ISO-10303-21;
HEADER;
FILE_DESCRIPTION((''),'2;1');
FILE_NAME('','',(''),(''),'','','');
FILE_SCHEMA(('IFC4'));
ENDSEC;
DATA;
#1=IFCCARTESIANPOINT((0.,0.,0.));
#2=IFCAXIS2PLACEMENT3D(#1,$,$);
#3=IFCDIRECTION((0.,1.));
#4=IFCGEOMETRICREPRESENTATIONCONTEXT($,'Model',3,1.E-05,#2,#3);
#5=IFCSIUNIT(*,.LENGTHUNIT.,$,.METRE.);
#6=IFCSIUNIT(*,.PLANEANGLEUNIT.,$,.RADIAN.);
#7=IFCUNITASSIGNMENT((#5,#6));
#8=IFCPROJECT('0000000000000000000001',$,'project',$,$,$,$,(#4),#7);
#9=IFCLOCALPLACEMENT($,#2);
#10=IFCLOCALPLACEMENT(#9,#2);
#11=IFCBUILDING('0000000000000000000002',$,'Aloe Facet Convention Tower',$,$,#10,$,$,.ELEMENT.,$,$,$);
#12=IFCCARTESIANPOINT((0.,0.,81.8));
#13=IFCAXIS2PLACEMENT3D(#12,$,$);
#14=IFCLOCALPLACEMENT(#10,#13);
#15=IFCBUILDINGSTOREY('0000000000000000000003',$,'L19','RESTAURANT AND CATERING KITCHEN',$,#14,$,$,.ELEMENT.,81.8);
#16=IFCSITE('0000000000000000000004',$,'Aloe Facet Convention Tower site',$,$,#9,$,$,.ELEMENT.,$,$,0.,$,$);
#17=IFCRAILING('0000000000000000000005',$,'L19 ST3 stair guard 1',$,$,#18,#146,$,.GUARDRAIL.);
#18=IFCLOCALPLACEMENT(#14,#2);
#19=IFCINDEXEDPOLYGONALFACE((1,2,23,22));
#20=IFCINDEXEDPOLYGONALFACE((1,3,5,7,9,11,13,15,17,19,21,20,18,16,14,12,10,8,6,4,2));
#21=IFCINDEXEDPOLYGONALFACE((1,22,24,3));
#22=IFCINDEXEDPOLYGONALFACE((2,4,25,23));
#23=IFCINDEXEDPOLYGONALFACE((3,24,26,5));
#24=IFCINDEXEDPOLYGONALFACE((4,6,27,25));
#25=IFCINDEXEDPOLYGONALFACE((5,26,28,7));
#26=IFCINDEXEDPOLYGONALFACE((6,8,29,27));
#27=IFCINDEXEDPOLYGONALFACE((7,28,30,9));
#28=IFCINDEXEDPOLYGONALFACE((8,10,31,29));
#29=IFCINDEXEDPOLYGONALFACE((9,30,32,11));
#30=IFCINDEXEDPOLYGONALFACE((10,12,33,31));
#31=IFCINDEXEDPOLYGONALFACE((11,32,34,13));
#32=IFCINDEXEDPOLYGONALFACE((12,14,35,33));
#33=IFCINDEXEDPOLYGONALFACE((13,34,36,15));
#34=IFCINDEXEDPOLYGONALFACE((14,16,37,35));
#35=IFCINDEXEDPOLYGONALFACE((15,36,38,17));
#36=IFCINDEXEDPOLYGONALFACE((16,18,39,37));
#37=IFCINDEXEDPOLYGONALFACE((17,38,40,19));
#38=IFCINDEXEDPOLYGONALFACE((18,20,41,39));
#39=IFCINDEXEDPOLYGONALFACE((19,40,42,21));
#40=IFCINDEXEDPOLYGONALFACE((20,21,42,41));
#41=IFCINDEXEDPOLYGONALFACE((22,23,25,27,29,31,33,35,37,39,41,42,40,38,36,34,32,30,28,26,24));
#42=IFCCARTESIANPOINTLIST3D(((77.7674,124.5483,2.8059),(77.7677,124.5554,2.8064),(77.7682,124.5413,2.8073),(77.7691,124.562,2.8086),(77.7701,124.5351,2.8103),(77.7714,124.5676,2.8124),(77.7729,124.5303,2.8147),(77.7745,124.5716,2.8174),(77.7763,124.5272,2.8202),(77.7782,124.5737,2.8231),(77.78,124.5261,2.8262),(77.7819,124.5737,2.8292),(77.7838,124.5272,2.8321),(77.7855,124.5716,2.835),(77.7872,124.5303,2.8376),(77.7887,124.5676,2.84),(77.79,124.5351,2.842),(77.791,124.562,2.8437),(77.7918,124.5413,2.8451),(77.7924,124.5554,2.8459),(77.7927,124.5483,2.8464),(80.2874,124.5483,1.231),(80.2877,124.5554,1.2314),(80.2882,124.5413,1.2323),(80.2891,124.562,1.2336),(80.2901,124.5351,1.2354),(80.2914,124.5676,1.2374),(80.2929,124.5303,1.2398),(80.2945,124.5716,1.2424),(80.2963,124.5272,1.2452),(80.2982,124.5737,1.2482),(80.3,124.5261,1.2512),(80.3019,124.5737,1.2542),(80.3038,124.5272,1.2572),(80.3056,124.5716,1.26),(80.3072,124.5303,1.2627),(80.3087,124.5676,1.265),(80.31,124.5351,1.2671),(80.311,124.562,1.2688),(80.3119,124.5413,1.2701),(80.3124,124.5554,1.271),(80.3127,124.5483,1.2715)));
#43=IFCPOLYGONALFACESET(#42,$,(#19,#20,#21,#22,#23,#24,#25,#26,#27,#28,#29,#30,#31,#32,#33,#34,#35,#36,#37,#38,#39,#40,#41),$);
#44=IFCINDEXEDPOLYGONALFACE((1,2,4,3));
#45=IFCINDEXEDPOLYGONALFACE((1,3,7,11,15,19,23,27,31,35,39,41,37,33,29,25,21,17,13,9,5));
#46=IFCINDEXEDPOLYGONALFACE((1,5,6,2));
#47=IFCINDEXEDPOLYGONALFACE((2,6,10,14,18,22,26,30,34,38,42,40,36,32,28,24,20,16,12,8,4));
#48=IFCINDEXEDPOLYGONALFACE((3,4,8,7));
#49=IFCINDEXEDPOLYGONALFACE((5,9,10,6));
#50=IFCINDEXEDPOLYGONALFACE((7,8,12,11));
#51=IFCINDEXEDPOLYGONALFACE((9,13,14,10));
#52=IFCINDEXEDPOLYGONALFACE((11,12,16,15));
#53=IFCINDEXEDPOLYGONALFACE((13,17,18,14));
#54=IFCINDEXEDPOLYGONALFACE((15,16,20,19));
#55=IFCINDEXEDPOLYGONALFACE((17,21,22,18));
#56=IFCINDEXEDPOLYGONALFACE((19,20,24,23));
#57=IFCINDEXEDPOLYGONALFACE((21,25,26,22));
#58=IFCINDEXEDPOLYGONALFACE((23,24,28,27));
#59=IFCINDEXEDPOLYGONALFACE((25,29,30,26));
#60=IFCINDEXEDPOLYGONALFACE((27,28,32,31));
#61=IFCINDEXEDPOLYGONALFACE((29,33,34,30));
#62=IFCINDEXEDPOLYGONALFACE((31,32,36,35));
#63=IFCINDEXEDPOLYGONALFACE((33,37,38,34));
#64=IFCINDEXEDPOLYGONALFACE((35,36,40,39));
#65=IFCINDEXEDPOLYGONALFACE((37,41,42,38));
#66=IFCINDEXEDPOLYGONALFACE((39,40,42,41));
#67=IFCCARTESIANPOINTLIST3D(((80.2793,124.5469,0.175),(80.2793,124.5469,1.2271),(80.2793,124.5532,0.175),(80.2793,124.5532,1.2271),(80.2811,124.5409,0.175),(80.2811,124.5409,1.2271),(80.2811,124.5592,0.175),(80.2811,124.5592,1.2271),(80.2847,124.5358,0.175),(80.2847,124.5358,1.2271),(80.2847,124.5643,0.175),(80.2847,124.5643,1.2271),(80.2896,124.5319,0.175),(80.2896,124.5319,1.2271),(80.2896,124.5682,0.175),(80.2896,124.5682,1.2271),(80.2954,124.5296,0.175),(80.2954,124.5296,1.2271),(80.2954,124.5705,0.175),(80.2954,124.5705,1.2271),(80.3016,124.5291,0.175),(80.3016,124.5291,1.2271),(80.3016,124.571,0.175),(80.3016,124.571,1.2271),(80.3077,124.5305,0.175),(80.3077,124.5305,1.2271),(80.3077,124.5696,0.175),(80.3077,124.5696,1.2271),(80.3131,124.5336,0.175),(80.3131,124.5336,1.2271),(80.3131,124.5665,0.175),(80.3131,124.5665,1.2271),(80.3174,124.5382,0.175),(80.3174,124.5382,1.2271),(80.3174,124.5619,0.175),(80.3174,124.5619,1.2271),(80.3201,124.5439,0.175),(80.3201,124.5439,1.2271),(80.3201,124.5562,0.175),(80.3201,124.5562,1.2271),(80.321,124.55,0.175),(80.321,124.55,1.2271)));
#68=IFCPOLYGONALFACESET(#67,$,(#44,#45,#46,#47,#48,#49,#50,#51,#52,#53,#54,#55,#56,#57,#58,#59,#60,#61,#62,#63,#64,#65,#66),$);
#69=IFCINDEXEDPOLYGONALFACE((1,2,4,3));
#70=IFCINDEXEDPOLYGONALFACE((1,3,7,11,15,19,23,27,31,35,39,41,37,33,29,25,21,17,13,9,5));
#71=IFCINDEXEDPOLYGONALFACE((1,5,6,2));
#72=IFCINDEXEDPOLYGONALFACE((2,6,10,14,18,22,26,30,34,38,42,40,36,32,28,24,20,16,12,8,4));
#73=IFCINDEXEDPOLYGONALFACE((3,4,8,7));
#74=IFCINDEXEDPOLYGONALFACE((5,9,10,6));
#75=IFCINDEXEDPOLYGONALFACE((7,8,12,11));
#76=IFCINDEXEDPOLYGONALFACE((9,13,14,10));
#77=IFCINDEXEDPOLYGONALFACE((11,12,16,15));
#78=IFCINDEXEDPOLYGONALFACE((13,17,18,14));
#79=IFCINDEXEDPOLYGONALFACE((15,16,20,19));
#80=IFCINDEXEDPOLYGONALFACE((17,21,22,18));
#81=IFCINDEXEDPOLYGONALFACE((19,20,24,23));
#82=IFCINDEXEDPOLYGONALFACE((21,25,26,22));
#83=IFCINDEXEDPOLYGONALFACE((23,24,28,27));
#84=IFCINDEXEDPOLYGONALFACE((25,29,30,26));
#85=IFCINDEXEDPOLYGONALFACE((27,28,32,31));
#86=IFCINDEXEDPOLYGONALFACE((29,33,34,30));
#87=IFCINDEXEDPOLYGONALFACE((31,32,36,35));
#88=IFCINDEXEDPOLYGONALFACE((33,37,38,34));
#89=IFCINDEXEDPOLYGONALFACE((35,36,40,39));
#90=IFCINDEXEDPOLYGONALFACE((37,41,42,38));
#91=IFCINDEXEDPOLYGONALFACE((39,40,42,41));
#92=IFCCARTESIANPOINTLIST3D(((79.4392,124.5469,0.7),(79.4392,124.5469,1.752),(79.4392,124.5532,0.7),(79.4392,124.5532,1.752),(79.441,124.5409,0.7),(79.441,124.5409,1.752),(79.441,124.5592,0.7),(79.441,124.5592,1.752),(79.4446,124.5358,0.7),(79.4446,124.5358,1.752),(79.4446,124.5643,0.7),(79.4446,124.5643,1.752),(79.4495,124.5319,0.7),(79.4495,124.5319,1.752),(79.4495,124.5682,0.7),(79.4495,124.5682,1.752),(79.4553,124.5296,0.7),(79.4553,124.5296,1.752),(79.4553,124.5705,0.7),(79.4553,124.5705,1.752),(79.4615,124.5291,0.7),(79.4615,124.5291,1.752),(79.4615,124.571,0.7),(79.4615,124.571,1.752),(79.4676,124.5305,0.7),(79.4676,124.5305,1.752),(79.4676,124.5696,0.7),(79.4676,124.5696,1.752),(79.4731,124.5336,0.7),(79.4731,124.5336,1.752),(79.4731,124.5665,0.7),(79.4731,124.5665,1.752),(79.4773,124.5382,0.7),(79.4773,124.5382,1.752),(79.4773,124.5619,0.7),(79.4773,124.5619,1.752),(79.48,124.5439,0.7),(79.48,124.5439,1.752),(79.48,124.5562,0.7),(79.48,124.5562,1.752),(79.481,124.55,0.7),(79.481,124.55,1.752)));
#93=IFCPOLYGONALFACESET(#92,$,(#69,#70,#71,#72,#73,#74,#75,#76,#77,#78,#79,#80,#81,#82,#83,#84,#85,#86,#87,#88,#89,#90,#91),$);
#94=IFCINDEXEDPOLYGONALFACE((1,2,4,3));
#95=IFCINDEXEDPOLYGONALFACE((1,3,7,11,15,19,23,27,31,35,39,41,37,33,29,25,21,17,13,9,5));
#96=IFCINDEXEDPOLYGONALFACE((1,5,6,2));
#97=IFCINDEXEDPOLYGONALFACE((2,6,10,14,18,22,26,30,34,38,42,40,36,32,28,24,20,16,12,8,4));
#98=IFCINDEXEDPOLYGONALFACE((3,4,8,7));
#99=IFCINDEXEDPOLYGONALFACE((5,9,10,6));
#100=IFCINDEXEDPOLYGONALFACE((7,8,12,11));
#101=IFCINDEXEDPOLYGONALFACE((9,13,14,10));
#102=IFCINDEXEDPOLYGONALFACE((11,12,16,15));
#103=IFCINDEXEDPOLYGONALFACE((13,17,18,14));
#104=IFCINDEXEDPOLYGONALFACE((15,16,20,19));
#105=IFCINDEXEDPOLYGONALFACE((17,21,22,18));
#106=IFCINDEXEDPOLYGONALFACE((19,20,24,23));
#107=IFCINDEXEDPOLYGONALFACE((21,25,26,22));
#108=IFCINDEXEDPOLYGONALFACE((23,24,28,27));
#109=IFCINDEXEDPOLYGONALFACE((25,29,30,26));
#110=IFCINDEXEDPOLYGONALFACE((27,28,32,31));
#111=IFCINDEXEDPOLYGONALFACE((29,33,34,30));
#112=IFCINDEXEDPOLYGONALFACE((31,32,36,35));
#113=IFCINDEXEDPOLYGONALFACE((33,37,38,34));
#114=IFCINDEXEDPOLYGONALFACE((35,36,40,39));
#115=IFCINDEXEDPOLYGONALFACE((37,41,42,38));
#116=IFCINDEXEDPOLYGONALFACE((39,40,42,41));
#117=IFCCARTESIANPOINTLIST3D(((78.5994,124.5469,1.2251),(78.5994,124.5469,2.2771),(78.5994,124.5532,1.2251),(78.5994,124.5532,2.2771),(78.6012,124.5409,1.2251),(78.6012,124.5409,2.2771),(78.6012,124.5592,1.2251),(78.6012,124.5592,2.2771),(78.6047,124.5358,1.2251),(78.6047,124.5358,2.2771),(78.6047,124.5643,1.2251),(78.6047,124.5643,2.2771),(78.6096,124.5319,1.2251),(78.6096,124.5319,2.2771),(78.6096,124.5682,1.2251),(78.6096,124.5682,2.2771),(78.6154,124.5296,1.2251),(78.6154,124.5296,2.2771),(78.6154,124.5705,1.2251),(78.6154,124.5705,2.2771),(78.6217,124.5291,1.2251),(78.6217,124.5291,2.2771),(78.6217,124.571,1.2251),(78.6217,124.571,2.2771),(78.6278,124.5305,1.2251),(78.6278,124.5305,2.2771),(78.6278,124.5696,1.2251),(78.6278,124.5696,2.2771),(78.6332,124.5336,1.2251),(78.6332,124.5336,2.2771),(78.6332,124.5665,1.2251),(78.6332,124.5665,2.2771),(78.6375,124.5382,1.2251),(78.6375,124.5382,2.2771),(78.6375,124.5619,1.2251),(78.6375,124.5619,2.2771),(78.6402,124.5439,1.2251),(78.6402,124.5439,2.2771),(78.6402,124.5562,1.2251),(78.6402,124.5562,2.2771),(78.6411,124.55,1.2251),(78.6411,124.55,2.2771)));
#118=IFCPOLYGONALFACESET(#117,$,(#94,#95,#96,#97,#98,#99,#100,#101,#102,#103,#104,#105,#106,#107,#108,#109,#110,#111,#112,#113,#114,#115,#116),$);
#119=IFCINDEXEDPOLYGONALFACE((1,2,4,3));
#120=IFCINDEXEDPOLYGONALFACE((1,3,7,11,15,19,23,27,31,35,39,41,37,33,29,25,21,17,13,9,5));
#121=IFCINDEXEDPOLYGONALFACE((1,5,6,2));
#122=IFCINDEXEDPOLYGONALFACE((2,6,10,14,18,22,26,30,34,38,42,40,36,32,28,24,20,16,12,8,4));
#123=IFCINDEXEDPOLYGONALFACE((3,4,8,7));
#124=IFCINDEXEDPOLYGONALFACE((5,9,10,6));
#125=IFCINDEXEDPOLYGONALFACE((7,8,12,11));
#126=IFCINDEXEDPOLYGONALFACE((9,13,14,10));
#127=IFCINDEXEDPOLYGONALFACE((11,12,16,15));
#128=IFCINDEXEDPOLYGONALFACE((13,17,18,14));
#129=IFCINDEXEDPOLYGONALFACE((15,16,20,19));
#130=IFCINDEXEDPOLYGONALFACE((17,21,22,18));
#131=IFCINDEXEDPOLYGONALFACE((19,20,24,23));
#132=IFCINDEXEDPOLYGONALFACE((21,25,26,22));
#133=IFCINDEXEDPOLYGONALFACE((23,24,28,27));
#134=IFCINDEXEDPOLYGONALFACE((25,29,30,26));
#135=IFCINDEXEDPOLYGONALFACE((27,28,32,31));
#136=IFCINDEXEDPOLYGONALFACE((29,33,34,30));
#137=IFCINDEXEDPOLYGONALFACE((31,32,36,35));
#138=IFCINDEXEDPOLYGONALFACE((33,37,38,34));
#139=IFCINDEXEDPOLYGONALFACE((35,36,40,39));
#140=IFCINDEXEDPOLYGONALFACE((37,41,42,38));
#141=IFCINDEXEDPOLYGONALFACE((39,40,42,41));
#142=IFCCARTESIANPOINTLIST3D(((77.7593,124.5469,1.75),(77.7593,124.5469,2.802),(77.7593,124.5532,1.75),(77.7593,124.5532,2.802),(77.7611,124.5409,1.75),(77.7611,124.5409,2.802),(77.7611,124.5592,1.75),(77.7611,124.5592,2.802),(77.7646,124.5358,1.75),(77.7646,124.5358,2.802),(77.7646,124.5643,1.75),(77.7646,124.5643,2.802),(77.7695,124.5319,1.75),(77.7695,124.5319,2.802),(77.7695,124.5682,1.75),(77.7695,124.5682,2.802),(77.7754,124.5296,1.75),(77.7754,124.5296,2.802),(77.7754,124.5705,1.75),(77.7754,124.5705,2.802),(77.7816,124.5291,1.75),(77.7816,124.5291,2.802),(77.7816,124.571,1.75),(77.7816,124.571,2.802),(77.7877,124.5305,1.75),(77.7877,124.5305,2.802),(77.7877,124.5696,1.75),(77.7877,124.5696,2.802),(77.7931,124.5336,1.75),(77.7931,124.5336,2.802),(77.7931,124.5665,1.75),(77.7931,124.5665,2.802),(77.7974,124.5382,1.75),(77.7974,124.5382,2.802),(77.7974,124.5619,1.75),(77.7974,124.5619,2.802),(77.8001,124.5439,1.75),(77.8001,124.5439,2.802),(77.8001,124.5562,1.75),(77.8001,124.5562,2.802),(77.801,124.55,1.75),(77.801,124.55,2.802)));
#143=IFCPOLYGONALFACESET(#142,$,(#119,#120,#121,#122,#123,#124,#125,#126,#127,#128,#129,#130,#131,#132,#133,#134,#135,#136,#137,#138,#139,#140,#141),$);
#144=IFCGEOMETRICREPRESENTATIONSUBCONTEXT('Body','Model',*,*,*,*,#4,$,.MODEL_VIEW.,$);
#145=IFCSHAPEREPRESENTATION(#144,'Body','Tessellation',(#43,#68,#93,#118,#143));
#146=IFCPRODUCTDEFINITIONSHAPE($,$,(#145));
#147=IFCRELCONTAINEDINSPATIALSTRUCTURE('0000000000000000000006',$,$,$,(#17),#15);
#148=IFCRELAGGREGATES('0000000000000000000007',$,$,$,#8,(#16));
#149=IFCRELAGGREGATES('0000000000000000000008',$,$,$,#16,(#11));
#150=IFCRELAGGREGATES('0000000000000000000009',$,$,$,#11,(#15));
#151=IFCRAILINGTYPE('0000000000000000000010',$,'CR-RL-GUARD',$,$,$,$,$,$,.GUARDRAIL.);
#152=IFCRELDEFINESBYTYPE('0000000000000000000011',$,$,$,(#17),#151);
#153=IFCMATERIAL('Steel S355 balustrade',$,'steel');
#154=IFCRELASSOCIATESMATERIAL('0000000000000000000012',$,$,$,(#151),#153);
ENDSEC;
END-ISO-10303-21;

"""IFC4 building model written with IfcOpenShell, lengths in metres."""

from ifc_helpers import new_model, si_unit, direction, frame, origin, origin_2d, place, context, subcontext, project, spatial, circle, extrude, material, type_object, element, save


model = new_model("IFC4")

# Units and contexts
model_context = context("Model", 3, precision=1e-05, world=origin(), true_north=direction((0.0, 1.0)))
body_context = subcontext(model_context, "Body", "Model", "MODEL_VIEW")
ifc_project = project(units=[si_unit("LENGTHUNIT", "METRE"), si_unit("PLANEANGLEUNIT", "RADIAN")], contexts=[model_context])

# Site, building, storey
site_placement = place(None, origin())
site = spatial("IfcSite", under=ifc_project, at=site_placement, Name="Aloe Facet Convention Tower site", CompositionType="ELEMENT", RefElevation=0.0)
building_placement = place(site_placement, origin())
building = spatial("IfcBuilding", under=site, at=building_placement, Name="Aloe Facet Convention Tower", CompositionType="ELEMENT")
storey_placement = place(building_placement, frame((0.0, 0.0, 81.8)))
storey = spatial("IfcBuildingStorey", under=building, at=storey_placement, Name="L19", Description="RESTAURANT AND CATERING KITCHEN", CompositionType="ELEMENT", Elevation=81.8)

# Railing
ifc_material_1 = material(Name="Steel S355 balustrade", Category="steel")
railing_type_1 = type_object("IfcRailingType", Name="CR-RL-GUARD", PredefinedType="GUARDRAIL", material=ifc_material_1)
railing_1_placement = place(storey_placement, frame((80.3, 124.55, 0.175)))
element("IfcRailing", 1, at=railing_1_placement, inside=storey, type_object=railing_type_1, Name="L19 ST3 stair guard 1", PredefinedType="GUARDRAIL", context=body_context, shape_type="SweptSolid", body=[
    extrude(circle(Radius=0.0239, at=origin_2d()), frame((0.0, 0.0, 1.0762), z_axis=(-0.848008, 0.0, 0.529984), x_axis=(0.0, -1.0, 0.0)), (0.0, 0.0, 1.0), 2.9717),
    extrude(circle(Radius=0.021, at=origin_2d()), origin(), (0.0, 0.0, 1.0), 1.052),
    extrude(circle(Radius=0.021, at=origin_2d()), frame((-0.8401, 0.0, 0.5249)), (0.0, 0.0, 1.0), 1.052),
    extrude(circle(Radius=0.021, at=origin_2d()), frame((-1.6799, 0.0, 1.05)), (0.0, 0.0, 1.0), 1.052),
    extrude(circle(Radius=0.021, at=origin_2d()), frame((-2.52, 0.0, 1.575)), (0.0, 0.0, 1.0), 1.052),
])

save(model, "model.ifc")
